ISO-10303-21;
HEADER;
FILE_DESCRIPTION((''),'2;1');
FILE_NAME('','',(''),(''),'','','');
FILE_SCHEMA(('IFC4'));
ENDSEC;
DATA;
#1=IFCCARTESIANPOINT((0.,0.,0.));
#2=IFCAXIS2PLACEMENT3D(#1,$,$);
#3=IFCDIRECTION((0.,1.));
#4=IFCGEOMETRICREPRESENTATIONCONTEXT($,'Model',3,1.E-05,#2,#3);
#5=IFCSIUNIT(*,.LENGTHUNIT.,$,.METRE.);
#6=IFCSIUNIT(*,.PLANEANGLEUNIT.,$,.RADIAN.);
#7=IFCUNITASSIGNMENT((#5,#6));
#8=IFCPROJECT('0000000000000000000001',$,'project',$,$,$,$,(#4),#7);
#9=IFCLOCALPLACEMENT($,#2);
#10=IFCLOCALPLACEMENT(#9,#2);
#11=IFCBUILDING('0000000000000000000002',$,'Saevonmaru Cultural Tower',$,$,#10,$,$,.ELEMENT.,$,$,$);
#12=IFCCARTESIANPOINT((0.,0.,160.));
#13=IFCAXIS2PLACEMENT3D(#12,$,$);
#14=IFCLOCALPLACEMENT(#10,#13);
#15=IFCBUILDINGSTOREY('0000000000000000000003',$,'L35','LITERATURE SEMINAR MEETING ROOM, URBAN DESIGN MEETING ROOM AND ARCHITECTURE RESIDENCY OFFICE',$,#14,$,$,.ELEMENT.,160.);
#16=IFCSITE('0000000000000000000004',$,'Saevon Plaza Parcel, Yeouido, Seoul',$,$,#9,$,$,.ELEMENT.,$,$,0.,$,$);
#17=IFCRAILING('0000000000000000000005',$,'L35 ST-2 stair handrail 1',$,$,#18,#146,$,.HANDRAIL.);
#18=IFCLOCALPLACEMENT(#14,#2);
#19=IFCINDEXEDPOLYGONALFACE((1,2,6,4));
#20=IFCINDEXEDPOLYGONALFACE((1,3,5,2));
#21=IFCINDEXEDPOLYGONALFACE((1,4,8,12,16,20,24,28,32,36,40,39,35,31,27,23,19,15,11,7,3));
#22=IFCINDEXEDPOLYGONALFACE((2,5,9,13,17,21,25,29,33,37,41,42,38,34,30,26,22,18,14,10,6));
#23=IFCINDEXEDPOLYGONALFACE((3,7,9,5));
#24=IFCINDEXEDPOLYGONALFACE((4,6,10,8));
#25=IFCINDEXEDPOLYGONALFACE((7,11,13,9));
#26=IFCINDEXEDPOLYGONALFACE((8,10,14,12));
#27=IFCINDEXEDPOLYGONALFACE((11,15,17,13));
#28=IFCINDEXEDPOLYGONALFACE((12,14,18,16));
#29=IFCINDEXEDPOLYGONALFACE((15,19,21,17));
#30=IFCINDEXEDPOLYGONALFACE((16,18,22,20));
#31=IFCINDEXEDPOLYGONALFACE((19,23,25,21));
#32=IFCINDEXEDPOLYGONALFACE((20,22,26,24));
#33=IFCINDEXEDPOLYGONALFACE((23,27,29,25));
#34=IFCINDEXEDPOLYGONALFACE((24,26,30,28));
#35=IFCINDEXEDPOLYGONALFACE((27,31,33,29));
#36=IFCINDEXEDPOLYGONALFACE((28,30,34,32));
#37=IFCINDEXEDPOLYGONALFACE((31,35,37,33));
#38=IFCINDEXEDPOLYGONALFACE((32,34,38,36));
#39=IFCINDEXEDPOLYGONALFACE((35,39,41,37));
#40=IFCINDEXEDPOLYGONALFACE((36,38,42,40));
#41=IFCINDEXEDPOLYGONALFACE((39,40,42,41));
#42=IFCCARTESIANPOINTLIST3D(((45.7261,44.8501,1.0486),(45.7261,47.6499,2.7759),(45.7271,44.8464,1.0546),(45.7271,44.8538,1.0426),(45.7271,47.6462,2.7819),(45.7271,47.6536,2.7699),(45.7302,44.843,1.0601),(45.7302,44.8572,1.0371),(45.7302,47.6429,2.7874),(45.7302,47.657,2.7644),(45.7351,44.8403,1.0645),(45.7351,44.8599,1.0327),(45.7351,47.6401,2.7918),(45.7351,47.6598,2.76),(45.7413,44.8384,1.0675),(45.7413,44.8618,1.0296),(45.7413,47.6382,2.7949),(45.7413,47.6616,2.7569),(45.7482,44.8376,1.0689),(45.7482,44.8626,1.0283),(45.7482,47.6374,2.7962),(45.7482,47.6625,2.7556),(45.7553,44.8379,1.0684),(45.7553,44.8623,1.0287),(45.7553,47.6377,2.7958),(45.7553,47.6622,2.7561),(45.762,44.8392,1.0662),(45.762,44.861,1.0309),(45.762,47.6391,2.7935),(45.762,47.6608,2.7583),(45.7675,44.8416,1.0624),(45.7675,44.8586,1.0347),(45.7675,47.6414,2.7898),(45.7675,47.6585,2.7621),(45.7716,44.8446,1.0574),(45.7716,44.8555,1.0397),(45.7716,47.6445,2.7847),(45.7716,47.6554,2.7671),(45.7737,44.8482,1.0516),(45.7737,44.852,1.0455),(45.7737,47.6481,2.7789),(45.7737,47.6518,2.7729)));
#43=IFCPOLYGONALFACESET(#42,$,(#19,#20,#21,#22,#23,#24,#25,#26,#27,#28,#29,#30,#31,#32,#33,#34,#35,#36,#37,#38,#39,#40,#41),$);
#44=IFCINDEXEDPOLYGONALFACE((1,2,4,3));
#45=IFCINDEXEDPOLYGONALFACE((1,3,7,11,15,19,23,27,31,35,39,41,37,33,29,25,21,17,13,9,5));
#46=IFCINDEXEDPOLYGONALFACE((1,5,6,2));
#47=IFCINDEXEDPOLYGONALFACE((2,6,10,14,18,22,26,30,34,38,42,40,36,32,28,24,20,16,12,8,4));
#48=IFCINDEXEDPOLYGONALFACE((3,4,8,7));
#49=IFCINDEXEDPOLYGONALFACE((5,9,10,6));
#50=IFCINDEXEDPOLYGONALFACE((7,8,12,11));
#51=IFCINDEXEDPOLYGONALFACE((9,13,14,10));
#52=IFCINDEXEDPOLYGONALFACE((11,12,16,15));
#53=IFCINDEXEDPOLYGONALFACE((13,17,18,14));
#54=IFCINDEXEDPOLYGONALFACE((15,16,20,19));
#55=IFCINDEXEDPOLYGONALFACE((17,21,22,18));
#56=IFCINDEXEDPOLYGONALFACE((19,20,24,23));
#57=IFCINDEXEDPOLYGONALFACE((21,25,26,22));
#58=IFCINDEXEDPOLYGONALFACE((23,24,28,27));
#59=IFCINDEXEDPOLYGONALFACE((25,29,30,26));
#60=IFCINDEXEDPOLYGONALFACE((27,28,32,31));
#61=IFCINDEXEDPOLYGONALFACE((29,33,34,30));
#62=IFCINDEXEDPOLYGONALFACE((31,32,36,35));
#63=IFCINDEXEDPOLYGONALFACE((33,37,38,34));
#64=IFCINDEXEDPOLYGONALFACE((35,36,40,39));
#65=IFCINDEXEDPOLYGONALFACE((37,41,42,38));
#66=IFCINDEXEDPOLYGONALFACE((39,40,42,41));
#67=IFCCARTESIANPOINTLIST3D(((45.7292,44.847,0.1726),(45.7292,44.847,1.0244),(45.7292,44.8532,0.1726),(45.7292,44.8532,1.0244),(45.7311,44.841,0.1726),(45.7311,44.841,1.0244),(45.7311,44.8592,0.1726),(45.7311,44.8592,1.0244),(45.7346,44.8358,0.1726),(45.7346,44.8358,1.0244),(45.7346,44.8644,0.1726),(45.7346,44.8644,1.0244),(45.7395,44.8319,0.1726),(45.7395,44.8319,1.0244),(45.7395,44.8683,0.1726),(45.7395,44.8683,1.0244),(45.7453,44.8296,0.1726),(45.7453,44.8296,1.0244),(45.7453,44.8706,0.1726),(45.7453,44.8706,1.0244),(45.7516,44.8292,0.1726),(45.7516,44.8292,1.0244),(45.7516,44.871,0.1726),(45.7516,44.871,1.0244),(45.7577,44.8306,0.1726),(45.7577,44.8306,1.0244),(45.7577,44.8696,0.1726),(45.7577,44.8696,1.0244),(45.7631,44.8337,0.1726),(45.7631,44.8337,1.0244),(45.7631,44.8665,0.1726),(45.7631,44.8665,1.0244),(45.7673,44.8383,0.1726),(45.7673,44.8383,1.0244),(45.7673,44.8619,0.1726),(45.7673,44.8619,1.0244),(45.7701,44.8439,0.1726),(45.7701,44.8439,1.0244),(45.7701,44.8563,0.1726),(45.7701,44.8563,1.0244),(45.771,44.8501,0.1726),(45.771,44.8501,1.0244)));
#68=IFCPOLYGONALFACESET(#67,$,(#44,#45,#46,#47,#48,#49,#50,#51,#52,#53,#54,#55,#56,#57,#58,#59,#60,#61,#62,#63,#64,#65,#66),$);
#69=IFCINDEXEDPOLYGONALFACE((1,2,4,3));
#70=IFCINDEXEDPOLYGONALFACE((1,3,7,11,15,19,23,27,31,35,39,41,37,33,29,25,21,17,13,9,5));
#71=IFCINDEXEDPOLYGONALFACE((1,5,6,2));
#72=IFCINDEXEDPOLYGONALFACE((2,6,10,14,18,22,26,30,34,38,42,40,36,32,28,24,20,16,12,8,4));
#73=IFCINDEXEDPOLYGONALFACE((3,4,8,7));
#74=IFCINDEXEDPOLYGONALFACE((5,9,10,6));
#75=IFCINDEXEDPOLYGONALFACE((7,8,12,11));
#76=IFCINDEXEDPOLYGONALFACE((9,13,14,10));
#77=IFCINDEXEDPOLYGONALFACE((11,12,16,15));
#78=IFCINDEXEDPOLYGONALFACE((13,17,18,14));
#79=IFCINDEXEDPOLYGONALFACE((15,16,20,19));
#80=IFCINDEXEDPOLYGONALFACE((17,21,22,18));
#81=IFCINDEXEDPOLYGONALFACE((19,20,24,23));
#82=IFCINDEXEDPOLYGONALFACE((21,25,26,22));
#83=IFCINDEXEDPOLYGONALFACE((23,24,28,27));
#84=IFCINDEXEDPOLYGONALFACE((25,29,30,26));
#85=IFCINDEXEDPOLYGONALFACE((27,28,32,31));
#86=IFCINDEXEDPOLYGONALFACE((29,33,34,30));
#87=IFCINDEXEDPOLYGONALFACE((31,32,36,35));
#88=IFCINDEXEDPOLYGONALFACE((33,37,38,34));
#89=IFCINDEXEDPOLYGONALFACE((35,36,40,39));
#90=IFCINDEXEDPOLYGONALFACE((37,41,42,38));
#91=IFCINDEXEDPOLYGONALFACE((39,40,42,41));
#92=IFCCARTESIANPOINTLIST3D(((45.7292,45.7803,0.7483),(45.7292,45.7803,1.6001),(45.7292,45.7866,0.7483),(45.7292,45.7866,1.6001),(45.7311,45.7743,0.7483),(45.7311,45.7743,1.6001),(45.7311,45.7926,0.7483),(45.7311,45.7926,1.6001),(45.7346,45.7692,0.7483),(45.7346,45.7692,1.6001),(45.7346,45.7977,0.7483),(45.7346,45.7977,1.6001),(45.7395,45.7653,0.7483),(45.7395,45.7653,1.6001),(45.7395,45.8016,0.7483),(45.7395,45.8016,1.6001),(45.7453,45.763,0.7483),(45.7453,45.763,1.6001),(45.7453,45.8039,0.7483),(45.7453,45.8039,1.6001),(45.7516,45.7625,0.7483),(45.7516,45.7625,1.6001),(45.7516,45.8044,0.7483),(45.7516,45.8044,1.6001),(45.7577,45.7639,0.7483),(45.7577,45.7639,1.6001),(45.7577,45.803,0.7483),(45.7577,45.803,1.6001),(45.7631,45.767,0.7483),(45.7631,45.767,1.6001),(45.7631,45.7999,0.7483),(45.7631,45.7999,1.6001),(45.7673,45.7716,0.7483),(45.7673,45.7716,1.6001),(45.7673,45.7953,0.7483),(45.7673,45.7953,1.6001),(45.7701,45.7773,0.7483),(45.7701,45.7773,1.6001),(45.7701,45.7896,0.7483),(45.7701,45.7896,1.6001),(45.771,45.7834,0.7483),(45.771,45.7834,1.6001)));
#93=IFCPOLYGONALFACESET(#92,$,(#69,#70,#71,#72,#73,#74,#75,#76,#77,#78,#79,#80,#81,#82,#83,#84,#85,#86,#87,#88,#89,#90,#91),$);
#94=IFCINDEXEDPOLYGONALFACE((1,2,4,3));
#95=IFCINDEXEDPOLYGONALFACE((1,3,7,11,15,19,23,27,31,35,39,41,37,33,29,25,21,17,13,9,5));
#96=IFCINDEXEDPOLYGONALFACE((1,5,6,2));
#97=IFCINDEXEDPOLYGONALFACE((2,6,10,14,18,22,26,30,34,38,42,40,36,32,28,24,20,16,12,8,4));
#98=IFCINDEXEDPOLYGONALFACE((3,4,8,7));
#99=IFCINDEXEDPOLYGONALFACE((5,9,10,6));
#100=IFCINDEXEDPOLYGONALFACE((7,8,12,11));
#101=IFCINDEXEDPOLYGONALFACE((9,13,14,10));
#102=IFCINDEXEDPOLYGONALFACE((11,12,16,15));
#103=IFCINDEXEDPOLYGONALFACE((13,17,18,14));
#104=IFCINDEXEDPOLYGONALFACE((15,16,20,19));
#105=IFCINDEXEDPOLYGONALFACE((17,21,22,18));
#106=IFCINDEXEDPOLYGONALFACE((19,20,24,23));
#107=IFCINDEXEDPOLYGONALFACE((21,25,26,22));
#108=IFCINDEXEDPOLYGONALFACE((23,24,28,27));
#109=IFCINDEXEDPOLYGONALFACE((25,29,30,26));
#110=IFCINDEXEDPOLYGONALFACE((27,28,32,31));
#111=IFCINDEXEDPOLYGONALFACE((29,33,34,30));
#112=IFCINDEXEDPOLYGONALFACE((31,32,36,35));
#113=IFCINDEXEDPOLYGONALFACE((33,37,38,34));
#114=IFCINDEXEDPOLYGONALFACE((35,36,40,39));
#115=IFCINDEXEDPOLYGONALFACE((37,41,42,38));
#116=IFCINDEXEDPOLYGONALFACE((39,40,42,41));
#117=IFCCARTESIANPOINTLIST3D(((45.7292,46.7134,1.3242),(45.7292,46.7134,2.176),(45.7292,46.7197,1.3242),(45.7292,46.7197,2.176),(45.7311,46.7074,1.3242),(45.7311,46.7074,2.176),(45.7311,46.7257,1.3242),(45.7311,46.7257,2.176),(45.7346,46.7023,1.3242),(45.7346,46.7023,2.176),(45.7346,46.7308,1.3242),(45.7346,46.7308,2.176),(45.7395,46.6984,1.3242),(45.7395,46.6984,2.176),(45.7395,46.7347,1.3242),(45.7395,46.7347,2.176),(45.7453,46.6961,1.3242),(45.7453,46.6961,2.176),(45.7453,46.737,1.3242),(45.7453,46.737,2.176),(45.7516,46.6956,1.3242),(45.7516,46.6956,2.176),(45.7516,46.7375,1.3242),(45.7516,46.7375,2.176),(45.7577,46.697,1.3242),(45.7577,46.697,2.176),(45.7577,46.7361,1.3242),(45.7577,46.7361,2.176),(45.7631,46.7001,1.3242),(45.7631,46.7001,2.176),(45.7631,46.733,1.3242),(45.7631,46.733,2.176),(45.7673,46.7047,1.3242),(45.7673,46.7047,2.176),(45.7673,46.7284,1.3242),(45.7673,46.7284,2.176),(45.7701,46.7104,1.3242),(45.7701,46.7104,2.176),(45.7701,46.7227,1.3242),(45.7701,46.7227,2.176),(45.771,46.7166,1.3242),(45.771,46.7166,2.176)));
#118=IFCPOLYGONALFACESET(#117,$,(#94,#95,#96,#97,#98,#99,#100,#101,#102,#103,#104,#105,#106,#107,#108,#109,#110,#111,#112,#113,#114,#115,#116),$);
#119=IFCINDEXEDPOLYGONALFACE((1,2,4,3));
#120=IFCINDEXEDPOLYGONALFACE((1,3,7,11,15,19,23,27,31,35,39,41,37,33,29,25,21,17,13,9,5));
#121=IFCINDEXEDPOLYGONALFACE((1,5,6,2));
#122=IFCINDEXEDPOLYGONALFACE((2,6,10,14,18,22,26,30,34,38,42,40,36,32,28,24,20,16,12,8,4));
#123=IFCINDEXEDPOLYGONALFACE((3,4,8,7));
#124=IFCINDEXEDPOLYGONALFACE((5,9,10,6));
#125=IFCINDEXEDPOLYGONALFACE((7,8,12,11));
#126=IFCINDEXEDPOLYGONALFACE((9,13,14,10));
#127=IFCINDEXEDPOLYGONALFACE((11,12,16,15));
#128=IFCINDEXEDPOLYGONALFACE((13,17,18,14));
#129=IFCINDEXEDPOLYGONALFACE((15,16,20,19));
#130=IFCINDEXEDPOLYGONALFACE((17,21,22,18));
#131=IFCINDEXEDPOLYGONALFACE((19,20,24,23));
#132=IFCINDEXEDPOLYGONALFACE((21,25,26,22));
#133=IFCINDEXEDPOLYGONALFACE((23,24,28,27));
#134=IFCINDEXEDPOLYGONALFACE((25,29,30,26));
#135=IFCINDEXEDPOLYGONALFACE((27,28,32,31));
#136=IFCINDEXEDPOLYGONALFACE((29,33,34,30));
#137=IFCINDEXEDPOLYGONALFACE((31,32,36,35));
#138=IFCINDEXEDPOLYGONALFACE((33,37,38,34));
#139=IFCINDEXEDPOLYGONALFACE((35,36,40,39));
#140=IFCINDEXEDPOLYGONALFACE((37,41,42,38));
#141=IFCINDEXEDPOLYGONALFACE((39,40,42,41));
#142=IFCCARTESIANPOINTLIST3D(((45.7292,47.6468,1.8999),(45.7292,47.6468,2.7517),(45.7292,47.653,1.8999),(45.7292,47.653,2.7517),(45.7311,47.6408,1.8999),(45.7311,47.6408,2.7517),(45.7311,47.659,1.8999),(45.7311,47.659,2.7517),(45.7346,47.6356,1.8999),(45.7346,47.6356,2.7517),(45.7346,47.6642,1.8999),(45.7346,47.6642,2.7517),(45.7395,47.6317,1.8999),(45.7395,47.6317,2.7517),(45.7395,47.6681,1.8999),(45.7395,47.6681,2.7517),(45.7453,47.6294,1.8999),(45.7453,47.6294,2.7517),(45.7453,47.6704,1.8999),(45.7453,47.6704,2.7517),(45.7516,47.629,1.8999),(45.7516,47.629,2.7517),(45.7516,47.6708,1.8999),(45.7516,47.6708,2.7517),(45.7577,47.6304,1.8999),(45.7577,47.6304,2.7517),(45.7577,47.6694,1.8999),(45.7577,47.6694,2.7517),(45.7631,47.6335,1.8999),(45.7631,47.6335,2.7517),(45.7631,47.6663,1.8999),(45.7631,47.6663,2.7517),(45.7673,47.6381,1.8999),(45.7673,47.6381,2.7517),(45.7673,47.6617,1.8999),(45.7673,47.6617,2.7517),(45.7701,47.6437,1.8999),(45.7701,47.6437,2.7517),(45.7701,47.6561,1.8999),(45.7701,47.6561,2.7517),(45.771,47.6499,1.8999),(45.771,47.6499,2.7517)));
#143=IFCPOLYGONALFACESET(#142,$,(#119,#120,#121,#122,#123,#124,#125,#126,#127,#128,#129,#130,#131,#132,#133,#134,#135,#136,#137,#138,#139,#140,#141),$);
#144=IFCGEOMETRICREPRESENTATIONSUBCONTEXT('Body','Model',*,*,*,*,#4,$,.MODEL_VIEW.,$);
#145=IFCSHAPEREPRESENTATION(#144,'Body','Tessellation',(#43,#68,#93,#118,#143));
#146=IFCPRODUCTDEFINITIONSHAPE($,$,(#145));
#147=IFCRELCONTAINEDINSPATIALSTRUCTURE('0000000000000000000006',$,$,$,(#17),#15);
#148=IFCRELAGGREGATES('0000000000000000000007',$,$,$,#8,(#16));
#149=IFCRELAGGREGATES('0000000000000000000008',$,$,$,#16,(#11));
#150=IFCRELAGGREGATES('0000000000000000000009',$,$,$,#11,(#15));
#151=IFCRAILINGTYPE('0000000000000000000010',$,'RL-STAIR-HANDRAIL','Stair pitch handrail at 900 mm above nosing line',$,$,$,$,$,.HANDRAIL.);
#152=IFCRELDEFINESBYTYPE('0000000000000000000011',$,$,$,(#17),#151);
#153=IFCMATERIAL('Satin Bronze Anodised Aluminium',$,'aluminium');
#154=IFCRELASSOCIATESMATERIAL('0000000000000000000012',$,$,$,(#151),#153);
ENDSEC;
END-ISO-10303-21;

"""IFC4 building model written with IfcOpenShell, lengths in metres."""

from ifc_helpers import new_model, si_unit, direction, frame, origin, origin_2d, place, context, subcontext, project, spatial, circle, extrude, material, type_object, element, save


model = new_model("IFC4")

# Units and contexts
model_context = context("Model", 3, precision=1e-05, world=origin(), true_north=direction((0.0, 1.0)))
body_context = subcontext(model_context, "Body", "Model", "MODEL_VIEW")
ifc_project = project(units=[si_unit("LENGTHUNIT", "METRE"), si_unit("PLANEANGLEUNIT", "RADIAN")], contexts=[model_context])

# Site, building, storey
site_placement = place(None, origin())
site = spatial("IfcSite", under=ifc_project, at=site_placement, Name="Saevon Plaza Parcel, Yeouido, Seoul", CompositionType="ELEMENT", RefElevation=0.0)
building_placement = place(site_placement, origin())
building = spatial("IfcBuilding", under=site, at=building_placement, Name="Saevonmaru Cultural Tower", CompositionType="ELEMENT")
storey_placement = place(building_placement, frame((0.0, 0.0, 160.0)))
storey = spatial("IfcBuildingStorey", under=building, at=storey_placement, Name="L35", Description="LITERATURE SEMINAR MEETING ROOM, URBAN DESIGN MEETING ROOM AND ARCHITECTURE RESIDENCY OFFICE", CompositionType="ELEMENT", Elevation=160.0)

# Shared definitions
ifc_material_1 = material(Name="Satin Bronze Anodised Aluminium", Category="aluminium")

# Railing
railing_type_1 = type_object("IfcRailingType", Name="RL-STAIR-HANDRAIL", Description="Stair pitch handrail at 900 mm above nosing line", PredefinedType="HANDRAIL", material=ifc_material_1)
railing_1_placement = place(storey_placement, frame((45.75, 44.8501, 0.1726)))
element("IfcRailing", 1, at=railing_1_placement, inside=storey, type_object=railing_type_1, Name="L35 ST-2 stair handrail 1", PredefinedType="HANDRAIL", context=body_context, shape_type="SweptSolid", body=[
    extrude(circle(Radius=0.0239, at=origin_2d()), frame((0.0, 0.0, 0.876), z_axis=(0.0, 0.851069, 0.525054), x_axis=(-1.0, 0.0, 0.0)), (0.0, 0.0, 1.0), 3.2898),
    extrude(circle(Radius=0.021, at=origin_2d()), origin(), (0.0, 0.0, 1.0), 0.8518),
    extrude(circle(Radius=0.021, at=origin_2d()), frame((0.0, 0.9333, 0.5757)), (0.0, 0.0, 1.0), 0.8518),
    extrude(circle(Radius=0.021, at=origin_2d()), frame((0.0, 1.8665, 1.1516)), (0.0, 0.0, 1.0), 0.8518),
    extrude(circle(Radius=0.021, at=origin_2d()), frame((0.0, 2.7998, 1.7273)), (0.0, 0.0, 1.0), 0.8518),
])

save(model, "model.ifc")
